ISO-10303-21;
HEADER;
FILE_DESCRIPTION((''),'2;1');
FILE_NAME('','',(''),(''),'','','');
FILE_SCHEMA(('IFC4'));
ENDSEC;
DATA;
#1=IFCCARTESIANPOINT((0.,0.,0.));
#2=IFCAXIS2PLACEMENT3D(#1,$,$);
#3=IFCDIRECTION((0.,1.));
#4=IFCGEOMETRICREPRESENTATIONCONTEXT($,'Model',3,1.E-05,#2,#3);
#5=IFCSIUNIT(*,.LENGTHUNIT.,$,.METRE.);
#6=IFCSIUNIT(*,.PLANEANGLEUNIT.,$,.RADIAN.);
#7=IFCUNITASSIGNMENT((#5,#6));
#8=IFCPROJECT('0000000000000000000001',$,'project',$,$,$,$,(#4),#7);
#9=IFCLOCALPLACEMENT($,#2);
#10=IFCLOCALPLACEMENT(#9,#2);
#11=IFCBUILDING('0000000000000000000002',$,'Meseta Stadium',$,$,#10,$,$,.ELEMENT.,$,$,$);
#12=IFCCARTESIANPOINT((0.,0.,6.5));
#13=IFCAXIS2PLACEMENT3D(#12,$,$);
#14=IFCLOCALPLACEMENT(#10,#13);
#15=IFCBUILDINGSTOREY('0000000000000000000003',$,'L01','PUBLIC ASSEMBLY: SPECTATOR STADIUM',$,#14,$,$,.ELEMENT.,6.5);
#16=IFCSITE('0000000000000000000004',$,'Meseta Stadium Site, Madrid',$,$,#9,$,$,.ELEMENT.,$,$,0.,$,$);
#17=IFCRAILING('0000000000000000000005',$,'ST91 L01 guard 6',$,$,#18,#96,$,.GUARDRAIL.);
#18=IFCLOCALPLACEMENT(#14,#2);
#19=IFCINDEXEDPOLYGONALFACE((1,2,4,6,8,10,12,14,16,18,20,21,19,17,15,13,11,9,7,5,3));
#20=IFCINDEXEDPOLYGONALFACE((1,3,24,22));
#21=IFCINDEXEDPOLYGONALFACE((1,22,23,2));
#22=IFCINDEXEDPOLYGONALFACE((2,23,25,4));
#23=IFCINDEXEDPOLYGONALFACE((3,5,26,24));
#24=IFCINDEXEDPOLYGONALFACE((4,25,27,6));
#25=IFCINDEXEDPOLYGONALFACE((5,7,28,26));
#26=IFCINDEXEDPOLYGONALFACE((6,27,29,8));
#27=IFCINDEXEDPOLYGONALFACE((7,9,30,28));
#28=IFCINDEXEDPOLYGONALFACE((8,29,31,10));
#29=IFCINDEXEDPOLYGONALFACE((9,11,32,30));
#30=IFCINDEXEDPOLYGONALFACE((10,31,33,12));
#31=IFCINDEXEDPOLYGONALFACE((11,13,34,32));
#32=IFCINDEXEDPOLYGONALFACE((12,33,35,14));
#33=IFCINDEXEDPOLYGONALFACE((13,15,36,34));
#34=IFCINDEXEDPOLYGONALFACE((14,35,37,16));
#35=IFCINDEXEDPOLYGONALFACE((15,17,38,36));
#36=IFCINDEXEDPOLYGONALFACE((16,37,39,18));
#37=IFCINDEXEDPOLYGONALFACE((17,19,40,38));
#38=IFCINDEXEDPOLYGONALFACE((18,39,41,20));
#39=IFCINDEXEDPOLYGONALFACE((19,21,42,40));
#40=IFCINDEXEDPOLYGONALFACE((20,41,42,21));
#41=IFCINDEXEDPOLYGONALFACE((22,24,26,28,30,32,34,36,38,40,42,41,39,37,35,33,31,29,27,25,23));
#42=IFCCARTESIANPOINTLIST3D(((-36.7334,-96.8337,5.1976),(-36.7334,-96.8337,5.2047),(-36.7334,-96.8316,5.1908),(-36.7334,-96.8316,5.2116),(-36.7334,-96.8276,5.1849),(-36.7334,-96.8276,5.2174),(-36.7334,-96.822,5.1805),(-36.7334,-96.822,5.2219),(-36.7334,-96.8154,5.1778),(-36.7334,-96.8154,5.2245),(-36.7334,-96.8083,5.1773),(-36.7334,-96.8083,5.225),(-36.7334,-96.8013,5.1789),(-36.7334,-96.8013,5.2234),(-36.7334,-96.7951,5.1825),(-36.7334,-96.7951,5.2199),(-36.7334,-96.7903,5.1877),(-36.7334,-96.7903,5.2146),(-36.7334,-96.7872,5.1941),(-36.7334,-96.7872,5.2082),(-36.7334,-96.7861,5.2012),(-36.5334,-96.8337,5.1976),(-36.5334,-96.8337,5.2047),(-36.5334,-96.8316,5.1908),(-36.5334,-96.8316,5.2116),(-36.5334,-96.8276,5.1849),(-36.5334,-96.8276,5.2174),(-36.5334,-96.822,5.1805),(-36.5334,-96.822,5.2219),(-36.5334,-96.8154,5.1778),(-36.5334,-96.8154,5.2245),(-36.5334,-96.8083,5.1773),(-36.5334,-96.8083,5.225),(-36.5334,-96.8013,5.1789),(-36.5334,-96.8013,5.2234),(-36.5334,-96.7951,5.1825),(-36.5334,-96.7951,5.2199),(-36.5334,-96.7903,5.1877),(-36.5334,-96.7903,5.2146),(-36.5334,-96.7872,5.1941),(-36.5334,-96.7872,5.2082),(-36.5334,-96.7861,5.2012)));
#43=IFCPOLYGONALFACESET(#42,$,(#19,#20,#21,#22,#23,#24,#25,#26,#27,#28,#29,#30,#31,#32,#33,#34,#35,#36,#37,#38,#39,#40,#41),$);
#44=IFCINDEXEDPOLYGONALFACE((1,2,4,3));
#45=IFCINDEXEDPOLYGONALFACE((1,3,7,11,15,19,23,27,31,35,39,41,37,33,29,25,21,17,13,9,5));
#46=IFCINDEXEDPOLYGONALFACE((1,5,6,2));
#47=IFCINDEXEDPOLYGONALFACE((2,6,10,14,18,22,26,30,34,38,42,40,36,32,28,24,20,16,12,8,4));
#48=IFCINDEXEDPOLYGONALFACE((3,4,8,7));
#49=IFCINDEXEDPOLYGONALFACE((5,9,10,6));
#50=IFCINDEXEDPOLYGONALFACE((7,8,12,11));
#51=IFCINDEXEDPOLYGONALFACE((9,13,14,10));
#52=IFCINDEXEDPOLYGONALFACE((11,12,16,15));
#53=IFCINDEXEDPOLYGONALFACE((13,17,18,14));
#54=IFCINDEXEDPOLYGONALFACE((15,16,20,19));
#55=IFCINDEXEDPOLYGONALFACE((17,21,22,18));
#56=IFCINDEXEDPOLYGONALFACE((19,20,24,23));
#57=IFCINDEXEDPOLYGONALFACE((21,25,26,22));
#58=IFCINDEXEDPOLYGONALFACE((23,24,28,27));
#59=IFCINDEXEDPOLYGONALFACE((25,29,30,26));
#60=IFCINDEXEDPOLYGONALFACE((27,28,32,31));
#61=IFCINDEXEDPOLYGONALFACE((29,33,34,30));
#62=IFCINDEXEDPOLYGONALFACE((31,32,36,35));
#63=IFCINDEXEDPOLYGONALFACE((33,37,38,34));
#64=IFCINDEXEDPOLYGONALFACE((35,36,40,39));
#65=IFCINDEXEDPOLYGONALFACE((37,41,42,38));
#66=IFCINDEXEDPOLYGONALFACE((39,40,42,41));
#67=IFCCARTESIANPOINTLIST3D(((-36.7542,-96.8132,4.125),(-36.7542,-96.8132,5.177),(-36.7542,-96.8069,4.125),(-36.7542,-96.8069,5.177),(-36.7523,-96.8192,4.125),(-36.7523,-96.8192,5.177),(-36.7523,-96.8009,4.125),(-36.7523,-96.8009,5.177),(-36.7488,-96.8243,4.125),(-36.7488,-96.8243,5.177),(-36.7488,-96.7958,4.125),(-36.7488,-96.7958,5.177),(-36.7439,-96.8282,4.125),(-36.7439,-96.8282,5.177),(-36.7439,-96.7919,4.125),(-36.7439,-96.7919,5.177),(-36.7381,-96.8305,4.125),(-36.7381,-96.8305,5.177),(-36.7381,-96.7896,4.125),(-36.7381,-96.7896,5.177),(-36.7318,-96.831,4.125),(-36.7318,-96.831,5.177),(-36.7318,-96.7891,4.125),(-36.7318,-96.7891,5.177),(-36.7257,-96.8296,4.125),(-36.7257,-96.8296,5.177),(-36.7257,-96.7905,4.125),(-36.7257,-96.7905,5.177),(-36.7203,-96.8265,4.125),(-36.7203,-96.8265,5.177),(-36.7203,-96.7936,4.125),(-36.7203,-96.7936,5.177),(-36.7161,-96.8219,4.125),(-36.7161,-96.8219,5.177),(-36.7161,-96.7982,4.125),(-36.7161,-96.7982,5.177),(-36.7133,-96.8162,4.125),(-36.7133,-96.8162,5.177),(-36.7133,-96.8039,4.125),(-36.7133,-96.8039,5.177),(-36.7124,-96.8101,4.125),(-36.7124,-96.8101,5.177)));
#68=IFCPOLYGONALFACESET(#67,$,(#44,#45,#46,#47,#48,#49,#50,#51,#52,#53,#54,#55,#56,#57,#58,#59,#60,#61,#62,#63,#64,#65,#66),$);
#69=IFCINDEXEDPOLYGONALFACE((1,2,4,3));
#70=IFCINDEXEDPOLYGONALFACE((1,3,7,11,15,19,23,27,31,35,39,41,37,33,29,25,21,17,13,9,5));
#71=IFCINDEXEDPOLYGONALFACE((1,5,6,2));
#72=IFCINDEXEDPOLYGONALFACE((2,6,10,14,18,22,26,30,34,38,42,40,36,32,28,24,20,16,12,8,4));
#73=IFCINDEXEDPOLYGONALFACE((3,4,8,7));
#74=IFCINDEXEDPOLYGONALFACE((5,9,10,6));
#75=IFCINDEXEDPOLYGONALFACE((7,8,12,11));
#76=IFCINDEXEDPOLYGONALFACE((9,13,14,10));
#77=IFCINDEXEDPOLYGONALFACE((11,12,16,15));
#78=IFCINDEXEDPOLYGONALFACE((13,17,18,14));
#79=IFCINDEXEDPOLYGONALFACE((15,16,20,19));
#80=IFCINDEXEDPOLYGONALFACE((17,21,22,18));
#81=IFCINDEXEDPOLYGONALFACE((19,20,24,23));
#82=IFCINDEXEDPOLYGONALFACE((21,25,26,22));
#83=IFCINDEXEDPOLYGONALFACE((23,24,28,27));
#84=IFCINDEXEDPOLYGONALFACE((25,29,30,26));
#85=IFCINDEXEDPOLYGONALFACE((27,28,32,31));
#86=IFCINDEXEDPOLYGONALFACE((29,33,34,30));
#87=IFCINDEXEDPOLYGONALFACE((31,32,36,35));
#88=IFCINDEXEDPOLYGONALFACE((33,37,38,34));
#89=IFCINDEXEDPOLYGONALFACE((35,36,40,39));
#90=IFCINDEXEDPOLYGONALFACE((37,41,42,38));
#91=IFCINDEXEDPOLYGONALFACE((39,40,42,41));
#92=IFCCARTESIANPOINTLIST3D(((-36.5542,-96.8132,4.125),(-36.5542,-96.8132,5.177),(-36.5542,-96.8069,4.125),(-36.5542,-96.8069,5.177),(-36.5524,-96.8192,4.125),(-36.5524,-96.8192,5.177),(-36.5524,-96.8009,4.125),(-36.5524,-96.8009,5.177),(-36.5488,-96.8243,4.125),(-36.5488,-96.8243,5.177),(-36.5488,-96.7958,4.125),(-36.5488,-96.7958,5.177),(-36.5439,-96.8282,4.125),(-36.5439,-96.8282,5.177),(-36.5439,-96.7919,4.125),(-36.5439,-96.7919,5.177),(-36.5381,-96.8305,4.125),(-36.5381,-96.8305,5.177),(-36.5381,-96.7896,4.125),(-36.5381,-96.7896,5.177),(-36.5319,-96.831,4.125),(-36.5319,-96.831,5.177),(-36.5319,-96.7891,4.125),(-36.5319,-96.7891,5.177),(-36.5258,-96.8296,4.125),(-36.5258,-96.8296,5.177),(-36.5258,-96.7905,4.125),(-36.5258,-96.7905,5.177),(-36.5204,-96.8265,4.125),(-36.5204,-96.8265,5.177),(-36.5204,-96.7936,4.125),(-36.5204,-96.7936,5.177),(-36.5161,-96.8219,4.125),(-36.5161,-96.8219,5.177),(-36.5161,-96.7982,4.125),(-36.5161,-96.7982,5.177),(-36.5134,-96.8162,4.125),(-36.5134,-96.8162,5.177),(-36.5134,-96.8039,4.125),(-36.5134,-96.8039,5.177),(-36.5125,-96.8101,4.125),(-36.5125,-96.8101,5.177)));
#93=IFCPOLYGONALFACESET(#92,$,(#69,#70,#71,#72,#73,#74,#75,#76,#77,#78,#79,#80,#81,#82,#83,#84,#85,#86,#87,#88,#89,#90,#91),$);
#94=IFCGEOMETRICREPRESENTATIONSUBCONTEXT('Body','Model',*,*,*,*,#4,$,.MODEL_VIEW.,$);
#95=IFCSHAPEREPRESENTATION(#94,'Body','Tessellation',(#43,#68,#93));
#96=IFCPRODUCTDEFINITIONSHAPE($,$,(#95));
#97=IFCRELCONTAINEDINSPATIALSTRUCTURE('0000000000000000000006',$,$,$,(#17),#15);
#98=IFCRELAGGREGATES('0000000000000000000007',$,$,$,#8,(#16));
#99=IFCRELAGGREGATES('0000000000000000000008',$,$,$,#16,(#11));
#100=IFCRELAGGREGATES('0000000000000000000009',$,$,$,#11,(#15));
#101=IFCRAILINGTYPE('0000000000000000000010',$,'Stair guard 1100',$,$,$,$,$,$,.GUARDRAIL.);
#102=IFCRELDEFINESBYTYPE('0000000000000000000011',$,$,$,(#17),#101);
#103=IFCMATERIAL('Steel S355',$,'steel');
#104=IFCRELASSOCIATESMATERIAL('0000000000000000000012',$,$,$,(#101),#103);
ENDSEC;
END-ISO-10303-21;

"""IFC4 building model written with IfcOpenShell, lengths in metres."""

from ifc_helpers import new_model, si_unit, direction, frame, origin, origin_2d, place, context, subcontext, project, spatial, circle, extrude, material, type_object, element, save


model = new_model("IFC4")

# Units and contexts
model_context = context("Model", 3, precision=1e-05, world=origin(), true_north=direction((0.0, 1.0)))
body_context = subcontext(model_context, "Body", "Model", "MODEL_VIEW")
ifc_project = project(units=[si_unit("LENGTHUNIT", "METRE"), si_unit("PLANEANGLEUNIT", "RADIAN")], contexts=[model_context])

# Site, building, storey
site_placement = place(None, origin())
site = spatial("IfcSite", under=ifc_project, at=site_placement, Name="Meseta Stadium Site, Madrid", CompositionType="ELEMENT", RefElevation=0.0)
building_placement = place(site_placement, origin())
building = spatial("IfcBuilding", under=site, at=building_placement, Name="Meseta Stadium", CompositionType="ELEMENT")
storey_placement = place(building_placement, frame((0.0, 0.0, 6.5)))
storey = spatial("IfcBuildingStorey", under=building, at=storey_placement, Name="L01", Description="PUBLIC ASSEMBLY: SPECTATOR STADIUM", CompositionType="ELEMENT", Elevation=6.5)

# Railing
ifc_material_1 = material(Name="Steel S355", Category="steel")
railing_type_1 = type_object("IfcRailingType", Name="Stair guard 1100", PredefinedType="GUARDRAIL", material=ifc_material_1)
railing_1_placement = place(storey_placement, frame((-36.7334, -96.8101, 4.125)))
element("IfcRailing", 1, at=railing_1_placement, inside=storey, type_object=railing_type_1, Name="ST91 L01 guard 6", PredefinedType="GUARDRAIL", context=body_context, shape_type="SweptSolid", body=[
    extrude(circle(Radius=0.0239, at=origin_2d()), frame((0.0, 0.0, 1.0762), z_axis=(1.0, 0.0, 0.0), x_axis=(0.0, 1.0, 0.0)), (0.0, 0.0, 1.0), 0.2),
    extrude(circle(Radius=0.021, at=origin_2d()), origin(), (0.0, 0.0, 1.0), 1.052),
    extrude(circle(Radius=0.021, at=origin_2d()), frame((0.2, 0.0, 0.0)), (0.0, 0.0, 1.0), 1.052),
])

save(model, "model.ifc")
